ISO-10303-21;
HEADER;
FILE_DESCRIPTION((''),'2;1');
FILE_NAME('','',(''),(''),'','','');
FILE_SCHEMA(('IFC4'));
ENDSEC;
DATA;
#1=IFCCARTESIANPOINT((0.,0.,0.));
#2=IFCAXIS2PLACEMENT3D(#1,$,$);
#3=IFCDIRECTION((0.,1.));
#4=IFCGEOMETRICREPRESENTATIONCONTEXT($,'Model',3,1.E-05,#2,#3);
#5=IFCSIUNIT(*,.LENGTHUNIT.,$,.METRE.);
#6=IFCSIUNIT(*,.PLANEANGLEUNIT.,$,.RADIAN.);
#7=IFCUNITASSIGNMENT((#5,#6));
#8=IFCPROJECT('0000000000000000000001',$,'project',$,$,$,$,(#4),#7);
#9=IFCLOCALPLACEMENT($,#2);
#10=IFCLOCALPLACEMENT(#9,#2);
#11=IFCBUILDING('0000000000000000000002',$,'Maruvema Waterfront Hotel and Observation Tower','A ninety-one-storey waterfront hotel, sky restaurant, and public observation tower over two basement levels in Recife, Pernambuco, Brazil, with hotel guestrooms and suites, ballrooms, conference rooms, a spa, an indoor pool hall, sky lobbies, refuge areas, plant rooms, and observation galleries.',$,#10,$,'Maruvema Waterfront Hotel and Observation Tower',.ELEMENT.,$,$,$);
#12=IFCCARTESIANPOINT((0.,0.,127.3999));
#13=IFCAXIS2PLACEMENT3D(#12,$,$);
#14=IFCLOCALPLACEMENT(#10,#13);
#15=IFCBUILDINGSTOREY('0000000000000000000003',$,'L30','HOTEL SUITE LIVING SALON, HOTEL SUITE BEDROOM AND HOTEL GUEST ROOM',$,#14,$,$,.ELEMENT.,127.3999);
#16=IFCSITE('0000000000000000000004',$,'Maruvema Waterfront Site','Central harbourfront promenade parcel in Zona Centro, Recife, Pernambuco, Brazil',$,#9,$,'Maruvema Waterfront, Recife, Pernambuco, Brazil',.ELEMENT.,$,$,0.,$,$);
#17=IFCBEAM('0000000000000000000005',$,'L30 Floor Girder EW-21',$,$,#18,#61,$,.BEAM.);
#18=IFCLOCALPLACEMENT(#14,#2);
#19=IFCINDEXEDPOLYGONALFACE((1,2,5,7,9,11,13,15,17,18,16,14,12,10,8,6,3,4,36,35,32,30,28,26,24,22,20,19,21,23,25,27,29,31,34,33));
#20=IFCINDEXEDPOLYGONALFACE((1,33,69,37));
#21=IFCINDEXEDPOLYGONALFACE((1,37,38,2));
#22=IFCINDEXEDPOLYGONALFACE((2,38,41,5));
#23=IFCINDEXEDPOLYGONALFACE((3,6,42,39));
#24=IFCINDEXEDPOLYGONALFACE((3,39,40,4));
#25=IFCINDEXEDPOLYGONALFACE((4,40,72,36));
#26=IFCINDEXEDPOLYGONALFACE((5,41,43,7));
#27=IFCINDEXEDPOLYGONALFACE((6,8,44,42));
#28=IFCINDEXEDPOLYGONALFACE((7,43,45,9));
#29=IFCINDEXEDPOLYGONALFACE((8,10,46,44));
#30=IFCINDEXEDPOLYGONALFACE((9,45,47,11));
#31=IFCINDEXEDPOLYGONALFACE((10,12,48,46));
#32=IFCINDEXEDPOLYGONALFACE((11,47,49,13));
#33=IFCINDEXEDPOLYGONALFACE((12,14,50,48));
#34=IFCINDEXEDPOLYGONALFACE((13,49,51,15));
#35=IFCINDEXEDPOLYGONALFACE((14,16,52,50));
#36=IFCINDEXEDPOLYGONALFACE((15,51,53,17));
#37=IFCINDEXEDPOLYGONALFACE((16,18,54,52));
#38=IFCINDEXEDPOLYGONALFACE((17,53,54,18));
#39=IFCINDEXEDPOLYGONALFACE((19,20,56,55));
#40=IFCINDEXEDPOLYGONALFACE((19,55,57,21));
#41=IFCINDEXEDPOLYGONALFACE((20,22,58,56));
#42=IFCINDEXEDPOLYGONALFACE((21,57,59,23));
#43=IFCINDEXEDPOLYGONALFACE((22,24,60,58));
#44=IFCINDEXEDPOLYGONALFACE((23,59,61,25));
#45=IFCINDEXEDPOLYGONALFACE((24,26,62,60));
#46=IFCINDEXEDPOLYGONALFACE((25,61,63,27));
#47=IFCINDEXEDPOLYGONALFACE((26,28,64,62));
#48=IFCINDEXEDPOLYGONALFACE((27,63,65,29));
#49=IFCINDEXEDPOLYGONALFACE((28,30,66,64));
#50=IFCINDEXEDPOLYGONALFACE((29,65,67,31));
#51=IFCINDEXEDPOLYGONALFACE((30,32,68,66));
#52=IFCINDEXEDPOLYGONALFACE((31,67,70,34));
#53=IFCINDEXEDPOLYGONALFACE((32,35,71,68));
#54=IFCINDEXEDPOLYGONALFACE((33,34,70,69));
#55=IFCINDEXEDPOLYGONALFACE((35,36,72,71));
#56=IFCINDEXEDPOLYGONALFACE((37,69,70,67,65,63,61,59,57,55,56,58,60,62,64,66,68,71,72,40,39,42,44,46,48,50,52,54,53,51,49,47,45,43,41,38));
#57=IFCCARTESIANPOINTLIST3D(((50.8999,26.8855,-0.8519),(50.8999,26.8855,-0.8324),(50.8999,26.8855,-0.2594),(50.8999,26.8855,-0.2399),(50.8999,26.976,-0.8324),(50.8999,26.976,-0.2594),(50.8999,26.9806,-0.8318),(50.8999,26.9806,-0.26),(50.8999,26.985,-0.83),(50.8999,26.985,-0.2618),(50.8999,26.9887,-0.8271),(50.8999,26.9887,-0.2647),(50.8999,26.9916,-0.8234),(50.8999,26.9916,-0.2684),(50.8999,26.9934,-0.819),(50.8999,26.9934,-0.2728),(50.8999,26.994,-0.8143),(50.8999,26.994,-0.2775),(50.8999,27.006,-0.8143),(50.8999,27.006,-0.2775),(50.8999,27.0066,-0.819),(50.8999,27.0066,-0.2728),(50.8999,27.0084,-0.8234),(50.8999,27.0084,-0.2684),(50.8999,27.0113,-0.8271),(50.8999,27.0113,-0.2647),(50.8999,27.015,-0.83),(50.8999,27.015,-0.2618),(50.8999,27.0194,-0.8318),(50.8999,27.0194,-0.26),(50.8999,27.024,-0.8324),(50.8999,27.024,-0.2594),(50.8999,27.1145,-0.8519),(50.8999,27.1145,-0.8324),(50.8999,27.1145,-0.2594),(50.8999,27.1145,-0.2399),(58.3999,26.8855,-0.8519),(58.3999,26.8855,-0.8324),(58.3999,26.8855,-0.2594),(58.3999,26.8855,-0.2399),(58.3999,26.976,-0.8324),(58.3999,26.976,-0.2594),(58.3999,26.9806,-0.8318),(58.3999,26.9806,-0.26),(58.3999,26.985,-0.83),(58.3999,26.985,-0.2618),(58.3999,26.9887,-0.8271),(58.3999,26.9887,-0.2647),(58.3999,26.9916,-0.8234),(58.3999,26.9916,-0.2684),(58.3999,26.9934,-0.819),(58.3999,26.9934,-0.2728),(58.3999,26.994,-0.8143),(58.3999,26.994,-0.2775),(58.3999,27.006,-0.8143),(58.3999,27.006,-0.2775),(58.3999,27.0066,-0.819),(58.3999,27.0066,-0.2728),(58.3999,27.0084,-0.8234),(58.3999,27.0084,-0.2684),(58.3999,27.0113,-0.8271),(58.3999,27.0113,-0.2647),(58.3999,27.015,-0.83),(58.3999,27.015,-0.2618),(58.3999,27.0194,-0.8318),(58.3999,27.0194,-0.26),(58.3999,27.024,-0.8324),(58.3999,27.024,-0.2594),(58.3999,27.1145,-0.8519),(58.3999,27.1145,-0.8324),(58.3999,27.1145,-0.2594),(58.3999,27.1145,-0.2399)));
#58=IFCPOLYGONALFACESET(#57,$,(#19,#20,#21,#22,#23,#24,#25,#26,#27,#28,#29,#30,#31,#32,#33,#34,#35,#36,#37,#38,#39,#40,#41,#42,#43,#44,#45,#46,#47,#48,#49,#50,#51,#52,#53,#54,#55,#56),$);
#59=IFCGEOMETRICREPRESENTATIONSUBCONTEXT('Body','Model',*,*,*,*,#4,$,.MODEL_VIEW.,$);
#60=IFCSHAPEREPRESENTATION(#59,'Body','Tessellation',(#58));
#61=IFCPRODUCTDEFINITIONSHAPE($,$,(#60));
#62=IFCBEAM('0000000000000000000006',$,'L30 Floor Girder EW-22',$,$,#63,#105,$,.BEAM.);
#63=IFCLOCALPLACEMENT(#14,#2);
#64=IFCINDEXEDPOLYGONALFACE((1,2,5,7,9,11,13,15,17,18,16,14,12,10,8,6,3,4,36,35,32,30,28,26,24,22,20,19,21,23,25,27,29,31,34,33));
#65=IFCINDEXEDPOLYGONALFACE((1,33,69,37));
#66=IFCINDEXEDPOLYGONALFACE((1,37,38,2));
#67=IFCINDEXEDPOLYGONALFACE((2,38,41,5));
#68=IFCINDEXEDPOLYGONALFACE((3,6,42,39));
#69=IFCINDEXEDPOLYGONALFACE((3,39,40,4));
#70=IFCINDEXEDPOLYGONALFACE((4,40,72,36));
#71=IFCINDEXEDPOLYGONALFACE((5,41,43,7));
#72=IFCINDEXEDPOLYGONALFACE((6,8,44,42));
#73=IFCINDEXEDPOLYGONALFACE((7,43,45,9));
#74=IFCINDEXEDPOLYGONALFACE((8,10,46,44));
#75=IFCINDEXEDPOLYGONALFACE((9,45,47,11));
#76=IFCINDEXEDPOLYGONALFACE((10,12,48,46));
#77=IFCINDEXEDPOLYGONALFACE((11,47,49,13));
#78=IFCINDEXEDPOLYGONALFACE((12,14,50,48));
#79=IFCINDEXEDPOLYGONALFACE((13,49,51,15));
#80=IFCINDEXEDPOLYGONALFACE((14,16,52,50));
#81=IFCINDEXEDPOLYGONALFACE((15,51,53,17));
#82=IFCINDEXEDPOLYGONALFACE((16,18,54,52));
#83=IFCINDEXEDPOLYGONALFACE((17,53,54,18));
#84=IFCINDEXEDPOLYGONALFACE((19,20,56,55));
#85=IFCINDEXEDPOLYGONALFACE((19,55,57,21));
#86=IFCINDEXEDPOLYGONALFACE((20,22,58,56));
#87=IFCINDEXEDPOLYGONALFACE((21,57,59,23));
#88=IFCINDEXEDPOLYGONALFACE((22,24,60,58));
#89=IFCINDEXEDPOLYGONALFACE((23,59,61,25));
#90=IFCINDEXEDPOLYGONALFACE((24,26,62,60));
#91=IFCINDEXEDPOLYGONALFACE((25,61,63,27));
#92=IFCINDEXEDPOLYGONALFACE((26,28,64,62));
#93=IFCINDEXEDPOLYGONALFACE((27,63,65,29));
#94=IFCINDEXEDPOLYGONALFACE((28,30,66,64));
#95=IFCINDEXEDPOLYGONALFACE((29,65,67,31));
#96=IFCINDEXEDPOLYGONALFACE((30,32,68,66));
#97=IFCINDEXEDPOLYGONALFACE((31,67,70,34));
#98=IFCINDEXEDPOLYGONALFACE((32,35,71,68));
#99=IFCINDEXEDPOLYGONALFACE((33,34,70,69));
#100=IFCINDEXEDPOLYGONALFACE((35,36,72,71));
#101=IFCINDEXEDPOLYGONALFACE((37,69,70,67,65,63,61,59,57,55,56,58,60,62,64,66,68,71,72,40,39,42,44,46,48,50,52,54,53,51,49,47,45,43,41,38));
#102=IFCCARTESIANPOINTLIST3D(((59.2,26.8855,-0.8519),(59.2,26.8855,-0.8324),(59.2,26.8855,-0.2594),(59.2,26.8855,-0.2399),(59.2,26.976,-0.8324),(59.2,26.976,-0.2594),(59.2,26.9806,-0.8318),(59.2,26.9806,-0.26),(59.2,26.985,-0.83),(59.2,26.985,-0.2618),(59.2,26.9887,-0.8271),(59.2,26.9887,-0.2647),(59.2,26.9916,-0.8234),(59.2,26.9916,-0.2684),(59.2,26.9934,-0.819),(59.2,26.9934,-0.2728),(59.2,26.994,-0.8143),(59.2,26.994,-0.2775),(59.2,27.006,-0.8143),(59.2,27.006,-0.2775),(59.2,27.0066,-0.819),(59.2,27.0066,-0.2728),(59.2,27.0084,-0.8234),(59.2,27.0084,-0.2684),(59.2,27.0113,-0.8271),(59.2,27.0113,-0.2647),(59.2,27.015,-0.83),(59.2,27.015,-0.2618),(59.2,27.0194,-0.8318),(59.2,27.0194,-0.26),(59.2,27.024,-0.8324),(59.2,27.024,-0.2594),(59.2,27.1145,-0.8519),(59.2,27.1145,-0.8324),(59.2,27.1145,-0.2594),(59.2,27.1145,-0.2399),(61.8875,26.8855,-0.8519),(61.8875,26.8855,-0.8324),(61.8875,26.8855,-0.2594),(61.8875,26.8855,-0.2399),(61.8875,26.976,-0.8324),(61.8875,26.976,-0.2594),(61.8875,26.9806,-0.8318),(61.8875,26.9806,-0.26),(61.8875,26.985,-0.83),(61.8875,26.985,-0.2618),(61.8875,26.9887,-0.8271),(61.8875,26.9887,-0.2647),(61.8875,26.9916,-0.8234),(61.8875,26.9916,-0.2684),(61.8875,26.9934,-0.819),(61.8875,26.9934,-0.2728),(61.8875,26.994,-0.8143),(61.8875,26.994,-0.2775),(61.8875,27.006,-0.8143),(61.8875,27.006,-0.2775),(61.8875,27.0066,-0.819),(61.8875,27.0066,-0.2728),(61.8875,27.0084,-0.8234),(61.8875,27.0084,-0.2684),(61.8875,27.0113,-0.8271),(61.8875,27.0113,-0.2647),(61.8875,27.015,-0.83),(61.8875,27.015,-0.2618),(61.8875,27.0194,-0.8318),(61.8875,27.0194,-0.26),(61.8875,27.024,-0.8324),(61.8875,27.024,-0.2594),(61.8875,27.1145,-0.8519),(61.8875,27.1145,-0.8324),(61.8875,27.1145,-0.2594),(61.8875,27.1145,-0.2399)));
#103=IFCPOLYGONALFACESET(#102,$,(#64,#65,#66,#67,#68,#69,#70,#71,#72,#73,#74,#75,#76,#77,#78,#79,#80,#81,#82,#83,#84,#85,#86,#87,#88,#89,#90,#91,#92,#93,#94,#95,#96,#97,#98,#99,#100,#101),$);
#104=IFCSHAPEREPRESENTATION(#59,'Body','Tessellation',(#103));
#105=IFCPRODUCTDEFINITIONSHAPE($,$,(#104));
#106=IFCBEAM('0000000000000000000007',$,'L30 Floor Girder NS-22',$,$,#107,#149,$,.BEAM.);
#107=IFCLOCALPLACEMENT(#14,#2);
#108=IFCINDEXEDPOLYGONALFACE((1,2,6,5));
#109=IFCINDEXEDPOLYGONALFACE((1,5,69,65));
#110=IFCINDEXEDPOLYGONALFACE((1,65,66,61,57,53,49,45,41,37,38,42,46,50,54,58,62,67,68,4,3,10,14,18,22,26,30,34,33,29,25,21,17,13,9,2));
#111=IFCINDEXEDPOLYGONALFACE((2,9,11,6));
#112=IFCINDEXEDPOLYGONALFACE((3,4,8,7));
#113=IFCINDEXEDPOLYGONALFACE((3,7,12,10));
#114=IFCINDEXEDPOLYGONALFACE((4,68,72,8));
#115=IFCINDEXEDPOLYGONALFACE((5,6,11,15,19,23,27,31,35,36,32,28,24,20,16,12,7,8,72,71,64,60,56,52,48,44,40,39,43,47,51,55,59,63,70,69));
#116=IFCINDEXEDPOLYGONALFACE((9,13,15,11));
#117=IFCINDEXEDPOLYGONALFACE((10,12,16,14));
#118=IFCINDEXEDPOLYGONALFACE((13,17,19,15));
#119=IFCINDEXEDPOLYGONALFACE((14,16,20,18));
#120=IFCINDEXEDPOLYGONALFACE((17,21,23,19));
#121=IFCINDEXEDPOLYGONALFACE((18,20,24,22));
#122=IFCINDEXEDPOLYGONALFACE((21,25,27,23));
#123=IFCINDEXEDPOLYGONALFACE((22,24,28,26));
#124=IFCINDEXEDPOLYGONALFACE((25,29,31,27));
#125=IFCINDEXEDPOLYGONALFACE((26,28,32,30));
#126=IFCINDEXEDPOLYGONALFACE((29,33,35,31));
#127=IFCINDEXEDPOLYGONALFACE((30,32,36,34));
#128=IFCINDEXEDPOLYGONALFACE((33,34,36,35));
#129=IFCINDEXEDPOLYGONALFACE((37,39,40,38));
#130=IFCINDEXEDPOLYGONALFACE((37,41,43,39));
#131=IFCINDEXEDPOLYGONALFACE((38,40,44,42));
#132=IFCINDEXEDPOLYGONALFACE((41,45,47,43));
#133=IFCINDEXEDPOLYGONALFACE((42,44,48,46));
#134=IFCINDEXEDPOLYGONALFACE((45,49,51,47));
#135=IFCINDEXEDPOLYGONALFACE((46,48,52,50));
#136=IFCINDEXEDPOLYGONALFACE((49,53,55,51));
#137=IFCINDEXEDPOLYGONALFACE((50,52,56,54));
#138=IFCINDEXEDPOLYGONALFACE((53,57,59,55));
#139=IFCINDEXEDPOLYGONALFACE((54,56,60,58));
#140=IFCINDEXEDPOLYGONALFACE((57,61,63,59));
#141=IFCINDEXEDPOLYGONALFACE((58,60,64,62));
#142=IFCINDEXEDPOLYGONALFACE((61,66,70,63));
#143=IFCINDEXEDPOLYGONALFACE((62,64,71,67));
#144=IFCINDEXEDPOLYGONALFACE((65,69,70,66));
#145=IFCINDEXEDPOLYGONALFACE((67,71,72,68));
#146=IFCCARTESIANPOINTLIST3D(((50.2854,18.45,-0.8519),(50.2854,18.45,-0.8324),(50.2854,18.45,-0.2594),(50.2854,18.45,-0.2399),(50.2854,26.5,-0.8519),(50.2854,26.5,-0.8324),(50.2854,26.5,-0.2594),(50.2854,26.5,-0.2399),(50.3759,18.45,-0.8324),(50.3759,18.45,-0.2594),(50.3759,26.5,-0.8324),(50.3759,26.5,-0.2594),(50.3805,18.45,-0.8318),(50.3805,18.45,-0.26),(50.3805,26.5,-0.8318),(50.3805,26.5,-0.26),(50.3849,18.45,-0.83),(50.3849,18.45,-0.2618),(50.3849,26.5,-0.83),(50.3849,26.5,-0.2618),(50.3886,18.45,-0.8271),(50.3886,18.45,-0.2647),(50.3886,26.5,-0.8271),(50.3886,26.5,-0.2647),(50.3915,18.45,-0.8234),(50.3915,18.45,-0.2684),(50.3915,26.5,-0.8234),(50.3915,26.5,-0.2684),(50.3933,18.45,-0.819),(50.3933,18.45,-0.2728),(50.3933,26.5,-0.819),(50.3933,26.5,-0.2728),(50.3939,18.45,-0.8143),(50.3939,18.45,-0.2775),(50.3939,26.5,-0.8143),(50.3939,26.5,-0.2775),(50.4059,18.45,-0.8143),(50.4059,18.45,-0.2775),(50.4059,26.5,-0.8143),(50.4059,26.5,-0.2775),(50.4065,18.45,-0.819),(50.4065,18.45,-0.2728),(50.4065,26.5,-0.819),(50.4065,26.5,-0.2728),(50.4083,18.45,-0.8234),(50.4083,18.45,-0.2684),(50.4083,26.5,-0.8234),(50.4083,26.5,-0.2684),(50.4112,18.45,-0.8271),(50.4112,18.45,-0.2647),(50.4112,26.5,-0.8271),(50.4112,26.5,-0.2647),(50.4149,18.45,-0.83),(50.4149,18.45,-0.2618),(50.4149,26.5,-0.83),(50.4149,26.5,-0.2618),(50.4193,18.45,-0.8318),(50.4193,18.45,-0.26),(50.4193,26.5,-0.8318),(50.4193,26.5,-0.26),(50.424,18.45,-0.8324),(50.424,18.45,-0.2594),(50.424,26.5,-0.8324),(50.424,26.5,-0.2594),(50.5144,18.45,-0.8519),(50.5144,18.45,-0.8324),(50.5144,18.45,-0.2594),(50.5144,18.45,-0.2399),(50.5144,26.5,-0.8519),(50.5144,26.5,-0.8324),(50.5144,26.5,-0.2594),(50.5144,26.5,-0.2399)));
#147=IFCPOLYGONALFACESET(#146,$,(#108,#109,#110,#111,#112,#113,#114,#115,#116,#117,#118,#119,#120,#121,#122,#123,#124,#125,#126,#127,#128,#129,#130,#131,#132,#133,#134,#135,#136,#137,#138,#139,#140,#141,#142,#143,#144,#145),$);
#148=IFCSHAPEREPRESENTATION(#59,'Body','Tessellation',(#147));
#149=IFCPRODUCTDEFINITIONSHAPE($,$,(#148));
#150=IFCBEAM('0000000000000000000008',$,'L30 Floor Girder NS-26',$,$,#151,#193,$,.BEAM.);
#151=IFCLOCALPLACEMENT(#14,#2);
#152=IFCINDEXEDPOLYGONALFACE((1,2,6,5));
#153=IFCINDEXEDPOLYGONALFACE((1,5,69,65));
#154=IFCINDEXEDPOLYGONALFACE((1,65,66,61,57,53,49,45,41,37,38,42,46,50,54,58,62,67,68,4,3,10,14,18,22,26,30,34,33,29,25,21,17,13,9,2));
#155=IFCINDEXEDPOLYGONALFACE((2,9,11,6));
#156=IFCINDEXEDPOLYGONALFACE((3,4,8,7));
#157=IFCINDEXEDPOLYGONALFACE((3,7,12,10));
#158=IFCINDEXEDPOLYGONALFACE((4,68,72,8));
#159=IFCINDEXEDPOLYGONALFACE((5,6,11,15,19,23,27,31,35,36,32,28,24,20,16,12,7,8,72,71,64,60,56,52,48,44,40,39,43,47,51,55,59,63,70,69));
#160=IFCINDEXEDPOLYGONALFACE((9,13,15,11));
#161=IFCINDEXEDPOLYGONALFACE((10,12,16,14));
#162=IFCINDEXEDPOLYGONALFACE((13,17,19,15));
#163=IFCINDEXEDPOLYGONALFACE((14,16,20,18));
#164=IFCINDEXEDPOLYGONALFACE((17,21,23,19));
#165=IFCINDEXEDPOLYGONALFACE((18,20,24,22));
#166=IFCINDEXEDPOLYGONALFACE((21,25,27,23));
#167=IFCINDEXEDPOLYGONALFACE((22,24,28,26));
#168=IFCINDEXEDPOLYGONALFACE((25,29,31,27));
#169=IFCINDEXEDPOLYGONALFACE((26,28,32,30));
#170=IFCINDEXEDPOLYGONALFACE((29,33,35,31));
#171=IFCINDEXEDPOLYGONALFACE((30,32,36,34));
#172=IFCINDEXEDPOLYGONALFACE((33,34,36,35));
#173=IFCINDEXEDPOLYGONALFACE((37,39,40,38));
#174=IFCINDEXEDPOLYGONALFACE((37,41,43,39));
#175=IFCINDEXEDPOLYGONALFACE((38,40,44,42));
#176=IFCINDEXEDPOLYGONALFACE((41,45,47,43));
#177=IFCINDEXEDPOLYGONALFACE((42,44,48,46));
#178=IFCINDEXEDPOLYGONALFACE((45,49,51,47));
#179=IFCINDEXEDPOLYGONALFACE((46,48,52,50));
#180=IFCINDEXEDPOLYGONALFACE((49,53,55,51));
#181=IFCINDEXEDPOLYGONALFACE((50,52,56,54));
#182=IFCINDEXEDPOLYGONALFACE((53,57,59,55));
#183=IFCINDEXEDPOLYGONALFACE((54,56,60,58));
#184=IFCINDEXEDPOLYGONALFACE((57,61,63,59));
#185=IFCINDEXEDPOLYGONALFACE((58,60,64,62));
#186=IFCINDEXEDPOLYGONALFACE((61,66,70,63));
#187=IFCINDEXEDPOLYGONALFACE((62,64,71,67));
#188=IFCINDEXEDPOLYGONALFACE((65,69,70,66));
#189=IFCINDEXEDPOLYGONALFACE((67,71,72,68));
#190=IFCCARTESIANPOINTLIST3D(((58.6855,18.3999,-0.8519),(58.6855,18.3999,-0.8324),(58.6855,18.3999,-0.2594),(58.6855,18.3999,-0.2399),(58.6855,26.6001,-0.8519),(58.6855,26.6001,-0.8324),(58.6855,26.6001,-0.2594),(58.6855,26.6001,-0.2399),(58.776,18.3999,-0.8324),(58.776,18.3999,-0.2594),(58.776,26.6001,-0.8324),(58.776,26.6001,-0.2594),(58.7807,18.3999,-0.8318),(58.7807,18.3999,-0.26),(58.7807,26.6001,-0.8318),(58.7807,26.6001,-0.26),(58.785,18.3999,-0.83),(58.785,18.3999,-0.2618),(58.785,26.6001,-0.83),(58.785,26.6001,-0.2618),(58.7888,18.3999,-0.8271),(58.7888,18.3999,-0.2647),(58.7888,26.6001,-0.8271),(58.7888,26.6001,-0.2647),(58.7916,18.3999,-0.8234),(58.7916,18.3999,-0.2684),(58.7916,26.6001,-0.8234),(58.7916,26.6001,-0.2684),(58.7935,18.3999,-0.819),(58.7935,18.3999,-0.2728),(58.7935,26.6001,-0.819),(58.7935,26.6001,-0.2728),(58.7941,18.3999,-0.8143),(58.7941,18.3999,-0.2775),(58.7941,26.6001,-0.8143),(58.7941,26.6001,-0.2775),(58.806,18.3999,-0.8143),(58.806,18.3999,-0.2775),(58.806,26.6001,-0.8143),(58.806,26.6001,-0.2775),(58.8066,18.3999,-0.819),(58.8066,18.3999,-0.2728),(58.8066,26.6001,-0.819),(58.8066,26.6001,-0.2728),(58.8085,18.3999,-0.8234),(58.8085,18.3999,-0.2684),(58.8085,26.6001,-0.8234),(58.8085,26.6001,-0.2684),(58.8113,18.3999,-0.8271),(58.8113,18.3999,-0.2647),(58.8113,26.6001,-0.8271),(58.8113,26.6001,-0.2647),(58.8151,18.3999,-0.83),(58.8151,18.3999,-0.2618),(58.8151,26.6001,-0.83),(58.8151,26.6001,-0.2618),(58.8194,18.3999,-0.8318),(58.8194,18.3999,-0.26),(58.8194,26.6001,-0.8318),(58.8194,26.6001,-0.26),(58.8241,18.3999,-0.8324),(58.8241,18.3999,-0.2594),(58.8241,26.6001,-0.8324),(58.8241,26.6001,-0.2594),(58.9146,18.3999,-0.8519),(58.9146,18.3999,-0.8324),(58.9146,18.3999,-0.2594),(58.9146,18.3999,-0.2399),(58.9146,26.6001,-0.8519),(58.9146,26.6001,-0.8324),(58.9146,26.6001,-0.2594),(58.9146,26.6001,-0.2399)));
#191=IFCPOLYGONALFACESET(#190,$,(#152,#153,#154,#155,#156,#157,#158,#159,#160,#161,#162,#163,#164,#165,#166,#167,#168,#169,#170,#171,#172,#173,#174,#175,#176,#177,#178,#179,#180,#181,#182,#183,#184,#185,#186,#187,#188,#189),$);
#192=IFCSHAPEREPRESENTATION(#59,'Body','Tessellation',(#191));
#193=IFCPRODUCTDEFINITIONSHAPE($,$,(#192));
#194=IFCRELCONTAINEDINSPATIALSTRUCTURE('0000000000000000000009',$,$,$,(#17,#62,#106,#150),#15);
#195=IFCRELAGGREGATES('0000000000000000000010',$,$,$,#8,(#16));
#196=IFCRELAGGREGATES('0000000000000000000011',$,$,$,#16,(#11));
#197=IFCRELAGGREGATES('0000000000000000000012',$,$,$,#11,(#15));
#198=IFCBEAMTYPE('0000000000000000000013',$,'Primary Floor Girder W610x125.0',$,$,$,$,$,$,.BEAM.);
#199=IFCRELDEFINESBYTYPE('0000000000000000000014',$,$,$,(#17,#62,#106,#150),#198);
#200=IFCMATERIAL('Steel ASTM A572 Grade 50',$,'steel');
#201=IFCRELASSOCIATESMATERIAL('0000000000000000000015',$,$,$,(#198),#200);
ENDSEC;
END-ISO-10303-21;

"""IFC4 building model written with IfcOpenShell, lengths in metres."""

from ifc_helpers import new_model, si_unit, direction, frame, origin, origin_2d, place, context, subcontext, project, spatial, i_section, extrude, material, material_profile, profile_set, type_object, element, save


model = new_model("IFC4")

# Units and contexts
model_context = context("Model", 3, precision=1e-05, world=origin(), true_north=direction((0.0, 1.0)))
body_context = subcontext(model_context, "Body", "Model", "MODEL_VIEW")
ifc_project = project(units=[si_unit("LENGTHUNIT", "METRE"), si_unit("PLANEANGLEUNIT", "RADIAN")], contexts=[model_context])

# Site, building, storey
site_placement = place(None, origin())
site = spatial("IfcSite", under=ifc_project, at=site_placement, Name="Maruvema Waterfront Site", Description="Central harbourfront promenade parcel in Zona Centro, Recife, Pernambuco, Brazil", LongName="Maruvema Waterfront, Recife, Pernambuco, Brazil", CompositionType="ELEMENT", RefElevation=0.0)
building_placement = place(site_placement, origin())
building = spatial("IfcBuilding", under=site, at=building_placement, Name="Maruvema Waterfront Hotel and Observation Tower", Description="A ninety-one-storey waterfront hotel, sky restaurant, and public observation tower over two basement levels in Recife, Pernambuco, Brazil, with hotel guestrooms and suites, ballrooms, conference rooms, a spa, an indoor pool hall, sky lobbies, refuge areas, plant rooms, and observation galleries.", LongName="Maruvema Waterfront Hotel and Observation Tower", CompositionType="ELEMENT")
storey_placement = place(building_placement, frame((0.0, 0.0, 127.3999)))
storey = spatial("IfcBuildingStorey", under=building, at=storey_placement, Name="L30", Description="HOTEL SUITE LIVING SALON, HOTEL SUITE BEDROOM AND HOTEL GUEST ROOM", CompositionType="ELEMENT", Elevation=127.3999)

# Beams
ifc_material_1 = material(Name="Steel ASTM A572 Grade 50", Category="steel")
ifc_material_profile_1 = material_profile(ifc_material_1, i_section(OverallWidth=0.229, OverallDepth=0.6121, WebThickness=0.012, FlangeThickness=0.0195, FilletRadius=0.0181, at=origin_2d()), Name="W610x125.0")
ifc_profile_set_1 = profile_set([ifc_material_profile_1], Name="Steel ASTM A572 Grade 50")
beam_type_1 = type_object("IfcBeamType", Name="Primary Floor Girder W610x125.0", PredefinedType="BEAM", material=ifc_profile_set_1)
beam_1_placement = place(storey_placement, frame((50.8999, 27.0, -0.5459), z_axis=(1.0, 0.0, 0.0), x_axis=(0.0, 1.0, 0.0)))
element("IfcBeam", 1, at=beam_1_placement, inside=storey, type_object=beam_type_1, Name="L30 Floor Girder EW-21", PredefinedType="BEAM", context=body_context, shape_type="SweptSolid", body=[
    extrude(i_section(OverallWidth=0.229, OverallDepth=0.6121, WebThickness=0.012, FlangeThickness=0.0195, FilletRadius=0.0181, at=origin_2d()), origin(), (0.0, 0.0, 1.0), 7.5),
])
beam_2_placement = place(storey_placement, frame((59.2, 27.0, -0.5459), z_axis=(1.0, 0.0, 0.0), x_axis=(0.0, 1.0, 0.0)))
element("IfcBeam", 2, at=beam_2_placement, inside=storey, type_object=beam_type_1, Name="L30 Floor Girder EW-22", PredefinedType="BEAM", context=body_context, shape_type="SweptSolid", body=[
    extrude(i_section(OverallWidth=0.229, OverallDepth=0.6121, WebThickness=0.012, FlangeThickness=0.0195, FilletRadius=0.0181, at=origin_2d()), origin(), (0.0, 0.0, 1.0), 2.6875),
])
beam_3_placement = place(storey_placement, frame((50.3999, 18.45, -0.5459), z_axis=(0.0, 1.0, 0.0), x_axis=(-1.0, 0.0, 0.0)))
element("IfcBeam", 3, at=beam_3_placement, inside=storey, type_object=beam_type_1, Name="L30 Floor Girder NS-22", PredefinedType="BEAM", context=body_context, shape_type="SweptSolid", body=[
    extrude(i_section(OverallWidth=0.229, OverallDepth=0.6121, WebThickness=0.012, FlangeThickness=0.0195, FilletRadius=0.0181, at=origin_2d()), origin(), (0.0, 0.0, 1.0), 8.05),
])
beam_4_placement = place(storey_placement, frame((58.8, 18.3999, -0.5459), z_axis=(0.0, 1.0, 0.0), x_axis=(-1.0, 0.0, 0.0)))
element("IfcBeam", 4, at=beam_4_placement, inside=storey, type_object=beam_type_1, Name="L30 Floor Girder NS-26", PredefinedType="BEAM", context=body_context, shape_type="SweptSolid", body=[
    extrude(i_section(OverallWidth=0.229, OverallDepth=0.6121, WebThickness=0.012, FlangeThickness=0.0195, FilletRadius=0.0181, at=origin_2d()), origin(), (0.0, 0.0, 1.0), 8.2002),
])

save(model, "model.ifc")
